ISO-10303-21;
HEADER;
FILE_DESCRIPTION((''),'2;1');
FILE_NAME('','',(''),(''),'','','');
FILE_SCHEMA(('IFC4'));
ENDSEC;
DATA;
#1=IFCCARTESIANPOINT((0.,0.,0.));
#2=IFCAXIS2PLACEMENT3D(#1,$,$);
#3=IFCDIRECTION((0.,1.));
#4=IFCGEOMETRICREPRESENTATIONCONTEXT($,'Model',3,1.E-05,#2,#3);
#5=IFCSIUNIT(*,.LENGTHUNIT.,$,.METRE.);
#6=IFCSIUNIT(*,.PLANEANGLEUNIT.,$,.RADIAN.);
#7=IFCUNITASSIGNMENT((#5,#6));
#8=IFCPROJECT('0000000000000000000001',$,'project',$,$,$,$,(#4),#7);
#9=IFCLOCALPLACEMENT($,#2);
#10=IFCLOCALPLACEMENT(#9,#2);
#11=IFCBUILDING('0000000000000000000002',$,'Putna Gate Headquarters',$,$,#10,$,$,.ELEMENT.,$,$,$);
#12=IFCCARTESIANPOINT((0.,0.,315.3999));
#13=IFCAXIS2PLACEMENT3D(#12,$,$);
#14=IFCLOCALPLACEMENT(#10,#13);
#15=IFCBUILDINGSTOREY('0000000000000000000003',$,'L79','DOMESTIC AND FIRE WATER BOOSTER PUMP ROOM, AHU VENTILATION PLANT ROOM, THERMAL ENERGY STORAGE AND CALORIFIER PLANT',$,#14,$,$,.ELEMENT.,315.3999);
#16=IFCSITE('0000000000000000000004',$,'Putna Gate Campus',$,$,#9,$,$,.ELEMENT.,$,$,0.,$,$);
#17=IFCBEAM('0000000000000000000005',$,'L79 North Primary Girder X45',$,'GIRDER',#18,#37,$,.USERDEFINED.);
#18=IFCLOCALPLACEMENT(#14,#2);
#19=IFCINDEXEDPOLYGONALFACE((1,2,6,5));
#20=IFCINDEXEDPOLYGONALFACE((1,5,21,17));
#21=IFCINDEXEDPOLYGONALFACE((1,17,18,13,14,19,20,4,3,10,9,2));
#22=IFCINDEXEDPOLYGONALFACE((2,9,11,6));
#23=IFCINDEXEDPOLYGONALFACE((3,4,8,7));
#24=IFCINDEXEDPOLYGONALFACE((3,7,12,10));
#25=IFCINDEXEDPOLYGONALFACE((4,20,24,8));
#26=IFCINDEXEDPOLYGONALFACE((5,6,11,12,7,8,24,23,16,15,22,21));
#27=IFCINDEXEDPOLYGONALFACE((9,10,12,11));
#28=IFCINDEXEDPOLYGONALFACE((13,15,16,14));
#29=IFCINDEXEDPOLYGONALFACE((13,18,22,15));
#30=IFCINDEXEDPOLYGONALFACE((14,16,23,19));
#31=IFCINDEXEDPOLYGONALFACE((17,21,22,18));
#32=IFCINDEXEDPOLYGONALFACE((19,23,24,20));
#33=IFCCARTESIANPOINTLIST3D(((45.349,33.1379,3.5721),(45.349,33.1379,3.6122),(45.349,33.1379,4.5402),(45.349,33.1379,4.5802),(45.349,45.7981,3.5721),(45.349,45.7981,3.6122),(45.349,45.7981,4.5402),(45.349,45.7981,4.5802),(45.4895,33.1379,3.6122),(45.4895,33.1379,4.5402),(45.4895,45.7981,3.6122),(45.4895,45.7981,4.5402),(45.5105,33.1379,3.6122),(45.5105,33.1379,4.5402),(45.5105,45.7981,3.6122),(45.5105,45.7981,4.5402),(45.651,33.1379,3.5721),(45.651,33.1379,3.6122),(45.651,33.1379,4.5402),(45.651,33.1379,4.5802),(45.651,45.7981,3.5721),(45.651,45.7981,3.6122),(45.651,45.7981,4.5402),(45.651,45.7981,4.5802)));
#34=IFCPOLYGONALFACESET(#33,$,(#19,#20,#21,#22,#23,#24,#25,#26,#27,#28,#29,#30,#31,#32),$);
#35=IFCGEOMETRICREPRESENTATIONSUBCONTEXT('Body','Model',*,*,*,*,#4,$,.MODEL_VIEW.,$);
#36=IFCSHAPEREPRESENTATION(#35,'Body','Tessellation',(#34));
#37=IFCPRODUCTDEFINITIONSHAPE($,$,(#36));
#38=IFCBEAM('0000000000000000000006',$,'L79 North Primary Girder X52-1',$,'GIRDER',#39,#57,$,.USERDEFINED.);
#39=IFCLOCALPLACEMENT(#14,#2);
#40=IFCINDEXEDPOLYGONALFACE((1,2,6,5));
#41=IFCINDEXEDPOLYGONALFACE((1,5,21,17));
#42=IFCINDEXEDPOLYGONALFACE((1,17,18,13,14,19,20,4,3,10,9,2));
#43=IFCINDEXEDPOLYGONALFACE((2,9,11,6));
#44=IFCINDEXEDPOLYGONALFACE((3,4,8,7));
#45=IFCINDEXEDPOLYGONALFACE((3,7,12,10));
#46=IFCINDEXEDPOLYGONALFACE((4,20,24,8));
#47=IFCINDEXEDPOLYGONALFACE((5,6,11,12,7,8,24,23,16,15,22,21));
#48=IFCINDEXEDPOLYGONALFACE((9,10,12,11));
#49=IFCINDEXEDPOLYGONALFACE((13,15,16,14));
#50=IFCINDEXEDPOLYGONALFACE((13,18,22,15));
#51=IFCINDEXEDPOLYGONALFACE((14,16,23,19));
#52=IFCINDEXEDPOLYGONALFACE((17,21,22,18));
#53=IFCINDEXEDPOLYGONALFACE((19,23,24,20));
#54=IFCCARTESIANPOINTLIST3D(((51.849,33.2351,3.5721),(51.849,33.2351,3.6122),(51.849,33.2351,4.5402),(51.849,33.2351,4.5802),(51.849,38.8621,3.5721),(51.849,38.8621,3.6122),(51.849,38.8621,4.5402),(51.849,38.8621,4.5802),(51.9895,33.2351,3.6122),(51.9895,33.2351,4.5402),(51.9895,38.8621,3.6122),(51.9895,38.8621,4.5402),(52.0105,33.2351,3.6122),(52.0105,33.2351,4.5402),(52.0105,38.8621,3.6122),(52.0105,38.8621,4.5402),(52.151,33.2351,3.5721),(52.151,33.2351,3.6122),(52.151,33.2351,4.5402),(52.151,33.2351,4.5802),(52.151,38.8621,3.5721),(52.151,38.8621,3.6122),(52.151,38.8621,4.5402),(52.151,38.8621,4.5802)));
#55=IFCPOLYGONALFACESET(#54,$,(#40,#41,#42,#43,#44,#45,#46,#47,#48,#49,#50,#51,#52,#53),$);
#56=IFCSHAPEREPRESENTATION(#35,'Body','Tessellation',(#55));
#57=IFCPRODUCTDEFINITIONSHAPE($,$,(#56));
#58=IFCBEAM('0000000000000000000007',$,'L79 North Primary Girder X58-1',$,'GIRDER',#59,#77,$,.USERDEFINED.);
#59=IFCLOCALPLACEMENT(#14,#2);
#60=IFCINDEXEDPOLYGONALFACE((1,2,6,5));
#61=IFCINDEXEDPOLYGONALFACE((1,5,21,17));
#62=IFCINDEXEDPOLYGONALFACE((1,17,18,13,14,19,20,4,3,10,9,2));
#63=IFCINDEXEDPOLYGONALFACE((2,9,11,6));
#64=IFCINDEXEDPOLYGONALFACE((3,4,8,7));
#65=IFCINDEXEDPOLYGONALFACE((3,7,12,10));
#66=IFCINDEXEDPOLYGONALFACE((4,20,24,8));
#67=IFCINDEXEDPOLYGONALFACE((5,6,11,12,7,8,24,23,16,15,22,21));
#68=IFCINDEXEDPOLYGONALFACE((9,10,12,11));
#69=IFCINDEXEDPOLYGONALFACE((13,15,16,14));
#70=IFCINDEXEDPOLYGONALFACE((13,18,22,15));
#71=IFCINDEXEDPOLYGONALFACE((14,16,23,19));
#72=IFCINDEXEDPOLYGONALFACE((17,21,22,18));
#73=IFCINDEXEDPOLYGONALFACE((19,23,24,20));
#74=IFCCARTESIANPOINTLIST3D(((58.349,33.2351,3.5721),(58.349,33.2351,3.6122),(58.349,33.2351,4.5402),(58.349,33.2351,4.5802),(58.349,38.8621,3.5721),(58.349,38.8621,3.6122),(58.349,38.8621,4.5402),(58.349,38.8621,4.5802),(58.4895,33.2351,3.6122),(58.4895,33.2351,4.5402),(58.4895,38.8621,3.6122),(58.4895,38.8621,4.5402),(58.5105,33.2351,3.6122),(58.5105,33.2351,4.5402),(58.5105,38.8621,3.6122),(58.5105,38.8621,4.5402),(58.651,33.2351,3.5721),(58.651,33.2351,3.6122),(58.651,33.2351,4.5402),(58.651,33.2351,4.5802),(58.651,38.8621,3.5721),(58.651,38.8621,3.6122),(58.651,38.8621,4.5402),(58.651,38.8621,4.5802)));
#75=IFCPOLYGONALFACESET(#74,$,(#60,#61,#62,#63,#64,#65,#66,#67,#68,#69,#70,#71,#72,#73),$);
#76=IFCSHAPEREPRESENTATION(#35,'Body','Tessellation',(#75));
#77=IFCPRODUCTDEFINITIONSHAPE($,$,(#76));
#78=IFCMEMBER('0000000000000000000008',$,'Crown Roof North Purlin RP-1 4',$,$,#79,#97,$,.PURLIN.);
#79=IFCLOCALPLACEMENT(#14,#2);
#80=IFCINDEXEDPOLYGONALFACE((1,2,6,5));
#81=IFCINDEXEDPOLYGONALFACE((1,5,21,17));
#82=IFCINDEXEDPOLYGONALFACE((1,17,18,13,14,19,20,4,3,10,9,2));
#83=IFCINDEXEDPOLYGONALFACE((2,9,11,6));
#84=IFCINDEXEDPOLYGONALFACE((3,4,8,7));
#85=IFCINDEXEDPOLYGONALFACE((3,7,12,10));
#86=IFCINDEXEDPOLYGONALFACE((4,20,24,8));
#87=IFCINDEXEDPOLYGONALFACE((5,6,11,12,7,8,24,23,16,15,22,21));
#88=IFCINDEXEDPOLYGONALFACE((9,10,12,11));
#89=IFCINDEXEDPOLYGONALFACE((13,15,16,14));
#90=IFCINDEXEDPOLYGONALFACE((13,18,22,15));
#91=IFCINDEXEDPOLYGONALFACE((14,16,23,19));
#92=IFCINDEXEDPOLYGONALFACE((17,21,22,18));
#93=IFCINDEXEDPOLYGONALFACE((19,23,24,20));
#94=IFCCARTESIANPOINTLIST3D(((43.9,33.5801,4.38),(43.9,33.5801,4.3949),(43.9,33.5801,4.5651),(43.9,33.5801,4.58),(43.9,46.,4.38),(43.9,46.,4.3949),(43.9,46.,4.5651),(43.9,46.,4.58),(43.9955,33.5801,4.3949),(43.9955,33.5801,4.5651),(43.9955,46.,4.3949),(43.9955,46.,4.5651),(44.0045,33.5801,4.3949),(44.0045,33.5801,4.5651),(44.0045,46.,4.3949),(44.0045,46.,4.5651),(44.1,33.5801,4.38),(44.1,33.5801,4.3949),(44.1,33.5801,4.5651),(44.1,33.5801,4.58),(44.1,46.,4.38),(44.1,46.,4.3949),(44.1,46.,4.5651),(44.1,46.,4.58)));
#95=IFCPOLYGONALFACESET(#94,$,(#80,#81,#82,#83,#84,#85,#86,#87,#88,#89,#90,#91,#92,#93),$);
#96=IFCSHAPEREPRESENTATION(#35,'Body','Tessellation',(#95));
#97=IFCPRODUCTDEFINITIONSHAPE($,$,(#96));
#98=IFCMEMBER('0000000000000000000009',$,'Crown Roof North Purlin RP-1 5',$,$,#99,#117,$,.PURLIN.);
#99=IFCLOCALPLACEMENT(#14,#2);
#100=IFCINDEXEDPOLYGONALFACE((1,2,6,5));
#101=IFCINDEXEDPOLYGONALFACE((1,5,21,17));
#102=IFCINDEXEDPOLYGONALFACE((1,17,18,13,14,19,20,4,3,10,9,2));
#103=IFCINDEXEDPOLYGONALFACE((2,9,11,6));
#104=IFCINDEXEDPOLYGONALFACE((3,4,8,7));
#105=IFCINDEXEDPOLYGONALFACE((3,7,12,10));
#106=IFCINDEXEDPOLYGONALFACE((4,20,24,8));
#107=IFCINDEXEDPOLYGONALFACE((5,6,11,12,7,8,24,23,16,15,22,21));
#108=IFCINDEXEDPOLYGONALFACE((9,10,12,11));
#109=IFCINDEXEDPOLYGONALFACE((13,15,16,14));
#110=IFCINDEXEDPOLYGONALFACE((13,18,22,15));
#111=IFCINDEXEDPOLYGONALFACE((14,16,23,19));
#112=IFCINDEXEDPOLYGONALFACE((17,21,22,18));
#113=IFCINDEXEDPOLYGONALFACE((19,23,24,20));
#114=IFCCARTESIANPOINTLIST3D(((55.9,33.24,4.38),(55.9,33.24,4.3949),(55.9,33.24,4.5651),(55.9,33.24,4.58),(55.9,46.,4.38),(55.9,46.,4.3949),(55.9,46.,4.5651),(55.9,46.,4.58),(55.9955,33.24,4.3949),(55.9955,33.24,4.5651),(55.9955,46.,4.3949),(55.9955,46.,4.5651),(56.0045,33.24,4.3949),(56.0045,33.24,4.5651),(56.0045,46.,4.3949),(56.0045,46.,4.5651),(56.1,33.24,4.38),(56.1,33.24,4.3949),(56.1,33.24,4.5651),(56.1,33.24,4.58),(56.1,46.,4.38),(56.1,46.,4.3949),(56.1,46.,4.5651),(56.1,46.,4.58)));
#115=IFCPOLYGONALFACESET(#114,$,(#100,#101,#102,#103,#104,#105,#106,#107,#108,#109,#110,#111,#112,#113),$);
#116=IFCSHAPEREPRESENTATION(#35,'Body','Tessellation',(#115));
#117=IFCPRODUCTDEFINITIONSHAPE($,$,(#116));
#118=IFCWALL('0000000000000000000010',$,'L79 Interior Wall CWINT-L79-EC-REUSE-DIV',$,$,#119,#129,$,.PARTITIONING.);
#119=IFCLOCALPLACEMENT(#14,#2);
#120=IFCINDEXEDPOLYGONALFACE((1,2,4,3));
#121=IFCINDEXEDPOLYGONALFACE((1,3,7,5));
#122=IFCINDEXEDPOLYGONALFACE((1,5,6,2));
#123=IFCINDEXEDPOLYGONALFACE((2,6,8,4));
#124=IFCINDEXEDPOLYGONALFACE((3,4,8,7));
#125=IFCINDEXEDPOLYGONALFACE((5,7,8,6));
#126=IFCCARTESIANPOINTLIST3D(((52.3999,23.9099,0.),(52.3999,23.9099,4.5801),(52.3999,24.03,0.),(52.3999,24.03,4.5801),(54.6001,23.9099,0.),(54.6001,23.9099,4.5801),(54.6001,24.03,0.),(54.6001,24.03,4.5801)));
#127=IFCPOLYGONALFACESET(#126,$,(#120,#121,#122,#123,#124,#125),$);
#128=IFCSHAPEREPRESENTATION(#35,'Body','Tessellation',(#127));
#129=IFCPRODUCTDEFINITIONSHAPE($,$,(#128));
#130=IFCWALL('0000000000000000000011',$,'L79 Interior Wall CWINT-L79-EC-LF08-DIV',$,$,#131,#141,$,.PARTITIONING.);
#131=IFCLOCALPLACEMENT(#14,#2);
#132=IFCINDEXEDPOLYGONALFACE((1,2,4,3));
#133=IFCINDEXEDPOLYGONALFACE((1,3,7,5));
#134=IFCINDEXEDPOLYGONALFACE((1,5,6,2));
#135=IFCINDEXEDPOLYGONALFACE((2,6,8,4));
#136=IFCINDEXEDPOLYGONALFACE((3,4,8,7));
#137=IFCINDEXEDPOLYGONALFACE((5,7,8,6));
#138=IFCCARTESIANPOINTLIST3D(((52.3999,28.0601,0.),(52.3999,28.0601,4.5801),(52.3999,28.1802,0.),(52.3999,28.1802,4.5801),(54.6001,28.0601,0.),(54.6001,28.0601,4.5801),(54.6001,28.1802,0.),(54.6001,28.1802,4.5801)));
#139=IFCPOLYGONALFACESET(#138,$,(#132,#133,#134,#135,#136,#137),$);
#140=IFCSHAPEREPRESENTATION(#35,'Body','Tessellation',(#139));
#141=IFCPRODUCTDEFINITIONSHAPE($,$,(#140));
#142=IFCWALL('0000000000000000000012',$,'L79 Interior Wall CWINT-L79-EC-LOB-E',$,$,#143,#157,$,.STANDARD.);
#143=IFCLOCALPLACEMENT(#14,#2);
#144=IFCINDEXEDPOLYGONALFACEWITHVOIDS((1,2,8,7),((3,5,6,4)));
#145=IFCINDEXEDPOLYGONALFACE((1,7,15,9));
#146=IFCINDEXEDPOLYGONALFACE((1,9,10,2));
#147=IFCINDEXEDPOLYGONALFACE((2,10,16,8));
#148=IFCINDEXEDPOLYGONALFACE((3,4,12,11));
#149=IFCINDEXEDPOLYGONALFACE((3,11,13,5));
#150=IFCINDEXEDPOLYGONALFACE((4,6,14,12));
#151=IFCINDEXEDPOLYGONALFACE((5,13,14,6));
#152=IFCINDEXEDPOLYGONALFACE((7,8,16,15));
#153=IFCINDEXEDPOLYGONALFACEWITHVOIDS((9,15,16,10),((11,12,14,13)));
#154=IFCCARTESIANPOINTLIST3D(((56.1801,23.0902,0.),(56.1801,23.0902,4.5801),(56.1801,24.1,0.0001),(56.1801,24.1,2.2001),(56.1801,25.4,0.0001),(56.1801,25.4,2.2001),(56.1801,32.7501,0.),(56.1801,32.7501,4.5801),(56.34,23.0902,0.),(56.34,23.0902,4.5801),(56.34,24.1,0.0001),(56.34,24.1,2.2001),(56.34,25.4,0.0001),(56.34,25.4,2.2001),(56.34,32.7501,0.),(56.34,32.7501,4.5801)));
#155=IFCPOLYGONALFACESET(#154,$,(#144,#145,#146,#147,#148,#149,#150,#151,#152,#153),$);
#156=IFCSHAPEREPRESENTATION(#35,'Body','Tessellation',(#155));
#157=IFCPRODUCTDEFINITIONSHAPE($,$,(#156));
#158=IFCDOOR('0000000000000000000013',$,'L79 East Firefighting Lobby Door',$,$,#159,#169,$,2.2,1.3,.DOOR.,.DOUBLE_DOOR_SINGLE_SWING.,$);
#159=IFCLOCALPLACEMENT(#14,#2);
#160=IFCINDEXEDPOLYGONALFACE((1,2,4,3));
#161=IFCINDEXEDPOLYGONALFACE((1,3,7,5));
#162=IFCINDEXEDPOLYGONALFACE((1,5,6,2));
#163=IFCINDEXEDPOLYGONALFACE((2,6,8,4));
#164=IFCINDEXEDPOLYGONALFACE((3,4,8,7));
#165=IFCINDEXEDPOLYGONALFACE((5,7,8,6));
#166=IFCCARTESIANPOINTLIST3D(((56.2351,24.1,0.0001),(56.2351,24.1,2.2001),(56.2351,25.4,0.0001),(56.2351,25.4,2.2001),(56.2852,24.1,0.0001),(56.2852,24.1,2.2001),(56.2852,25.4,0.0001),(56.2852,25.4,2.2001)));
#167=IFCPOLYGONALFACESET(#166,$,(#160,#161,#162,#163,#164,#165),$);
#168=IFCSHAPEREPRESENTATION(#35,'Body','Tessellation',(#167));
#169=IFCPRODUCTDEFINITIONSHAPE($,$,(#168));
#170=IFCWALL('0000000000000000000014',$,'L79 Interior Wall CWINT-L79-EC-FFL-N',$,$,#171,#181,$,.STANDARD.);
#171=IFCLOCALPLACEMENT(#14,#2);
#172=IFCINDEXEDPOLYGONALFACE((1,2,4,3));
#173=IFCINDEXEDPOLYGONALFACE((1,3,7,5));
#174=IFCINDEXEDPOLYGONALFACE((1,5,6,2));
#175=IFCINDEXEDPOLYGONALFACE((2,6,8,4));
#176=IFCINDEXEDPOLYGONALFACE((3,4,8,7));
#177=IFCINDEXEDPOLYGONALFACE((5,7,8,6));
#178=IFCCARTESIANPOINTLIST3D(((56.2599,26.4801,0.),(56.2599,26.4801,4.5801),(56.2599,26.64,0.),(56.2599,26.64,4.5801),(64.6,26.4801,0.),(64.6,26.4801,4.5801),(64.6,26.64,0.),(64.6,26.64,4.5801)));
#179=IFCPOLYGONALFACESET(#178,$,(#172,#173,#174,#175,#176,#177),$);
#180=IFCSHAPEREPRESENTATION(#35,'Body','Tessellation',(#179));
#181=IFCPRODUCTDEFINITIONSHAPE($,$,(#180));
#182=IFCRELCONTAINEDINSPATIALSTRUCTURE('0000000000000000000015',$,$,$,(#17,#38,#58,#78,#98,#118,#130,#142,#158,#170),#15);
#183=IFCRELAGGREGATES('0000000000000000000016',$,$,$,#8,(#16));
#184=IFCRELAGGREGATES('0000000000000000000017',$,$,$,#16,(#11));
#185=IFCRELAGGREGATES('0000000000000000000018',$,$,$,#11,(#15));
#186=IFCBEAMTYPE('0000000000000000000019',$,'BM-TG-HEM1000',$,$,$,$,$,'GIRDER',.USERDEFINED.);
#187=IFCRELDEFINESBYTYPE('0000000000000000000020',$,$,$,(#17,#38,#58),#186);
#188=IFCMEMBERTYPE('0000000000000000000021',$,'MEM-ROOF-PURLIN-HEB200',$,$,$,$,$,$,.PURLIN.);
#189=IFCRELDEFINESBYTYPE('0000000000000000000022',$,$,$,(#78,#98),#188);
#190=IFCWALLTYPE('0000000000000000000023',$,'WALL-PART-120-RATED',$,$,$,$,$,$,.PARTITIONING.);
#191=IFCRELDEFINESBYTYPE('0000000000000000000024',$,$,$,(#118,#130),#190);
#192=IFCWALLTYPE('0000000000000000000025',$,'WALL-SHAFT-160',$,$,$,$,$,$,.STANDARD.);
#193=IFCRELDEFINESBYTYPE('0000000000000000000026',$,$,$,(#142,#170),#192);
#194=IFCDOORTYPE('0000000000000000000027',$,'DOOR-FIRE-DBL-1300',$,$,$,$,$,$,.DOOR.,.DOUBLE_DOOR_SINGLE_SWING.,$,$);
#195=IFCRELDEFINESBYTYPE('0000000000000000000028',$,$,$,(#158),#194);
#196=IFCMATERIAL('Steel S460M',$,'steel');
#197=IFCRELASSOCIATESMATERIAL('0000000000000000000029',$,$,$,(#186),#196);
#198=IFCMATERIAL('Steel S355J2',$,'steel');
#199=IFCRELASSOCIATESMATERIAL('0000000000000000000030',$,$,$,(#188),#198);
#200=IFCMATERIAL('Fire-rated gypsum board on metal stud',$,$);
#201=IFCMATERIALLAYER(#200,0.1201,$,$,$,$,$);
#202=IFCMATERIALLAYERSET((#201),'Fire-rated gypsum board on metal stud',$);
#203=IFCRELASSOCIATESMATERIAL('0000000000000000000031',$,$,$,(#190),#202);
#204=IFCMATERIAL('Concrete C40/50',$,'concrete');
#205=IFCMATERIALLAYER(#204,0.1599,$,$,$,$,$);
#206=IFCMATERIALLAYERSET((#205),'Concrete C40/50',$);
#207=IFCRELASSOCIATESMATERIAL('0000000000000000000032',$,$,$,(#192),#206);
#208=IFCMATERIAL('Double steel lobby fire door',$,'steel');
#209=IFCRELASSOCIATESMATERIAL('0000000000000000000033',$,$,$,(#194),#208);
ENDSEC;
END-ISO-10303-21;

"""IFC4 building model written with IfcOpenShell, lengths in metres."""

from ifc_helpers import new_model, si_unit, direction, frame, frame_2d, origin, origin_2d, place, context, subcontext, project, spatial, rectangle, i_section, extrude, material, layer, layer_set, material_profile, profile_set, type_object, element, fill, save


model = new_model("IFC4")

# Units and contexts
model_context = context("Model", 3, precision=1e-05, world=origin(), true_north=direction((0.0, 1.0)))
body_context = subcontext(model_context, "Body", "Model", "MODEL_VIEW")
ifc_project = project(units=[si_unit("LENGTHUNIT", "METRE"), si_unit("PLANEANGLEUNIT", "RADIAN")], contexts=[model_context])

# Site, building, storey
site_placement = place(None, origin())
site = spatial("IfcSite", under=ifc_project, at=site_placement, Name="Putna Gate Campus", CompositionType="ELEMENT", RefElevation=0.0)
building_placement = place(site_placement, origin())
building = spatial("IfcBuilding", under=site, at=building_placement, Name="Putna Gate Headquarters", CompositionType="ELEMENT")
storey_placement = place(building_placement, frame((0.0, 0.0, 315.3999)))
storey = spatial("IfcBuildingStorey", under=building, at=storey_placement, Name="L79", Description="DOMESTIC AND FIRE WATER BOOSTER PUMP ROOM, AHU VENTILATION PLANT ROOM, THERMAL ENERGY STORAGE AND CALORIFIER PLANT", CompositionType="ELEMENT", Elevation=315.3999)

# Shared definitions
ifc_material_1 = material(Name="Steel S460M", Category="steel")

# Beams
ifc_material_2 = material(Name="Steel S355J2", Category="steel")
ifc_material_profile_1 = material_profile(ifc_material_1, i_section(OverallWidth=0.302, OverallDepth=1.0081, WebThickness=0.021, FlangeThickness=0.04, at=origin_2d()), Name="Steel S460M")
ifc_profile_set_1 = profile_set([ifc_material_profile_1], Name="Steel S460M")
beam_type_1 = type_object("IfcBeamType", Name="BM-TG-HEM1000", ElementType="GIRDER", PredefinedType="USERDEFINED", material=ifc_profile_set_1)
beam_1_placement = place(storey_placement, frame((45.5, 33.1379, 4.0762), z_axis=(0.0, 1.0, 0.0), x_axis=(-1.0, 0.0, 0.0)))
element("IfcBeam", 1, at=beam_1_placement, inside=storey, type_object=beam_type_1, Name="L79 North Primary Girder X45", ObjectType="GIRDER", PredefinedType="USERDEFINED", context=body_context, shape_type="SweptSolid", body=[
    extrude(i_section(OverallWidth=0.302, OverallDepth=1.0081, WebThickness=0.021, FlangeThickness=0.04, at=origin_2d()), origin(), (0.0, 0.0, 1.0), 12.6602),
])
for number, where, z_axis, x_axis, name in (
    (2, (52.0, 33.2351, 4.0762), (0.0, 1.0, 0.0), (-1.0, 0.0, 0.0), "L79 North Primary Girder X52-1"),
    (3, (58.5, 33.2351, 4.0762), (0.0, 1.0, 0.0), (-1.0, 0.0, 0.0), "L79 North Primary Girder X58-1"),
):
    element("IfcBeam", number, at=place(storey_placement, frame(where, z_axis=z_axis, x_axis=x_axis)), inside=storey, type_object=beam_type_1, Name=name, ObjectType="GIRDER", PredefinedType="USERDEFINED", context=body_context, shape_type="SweptSolid", body=[
        extrude(i_section(OverallWidth=0.302, OverallDepth=1.0081, WebThickness=0.021, FlangeThickness=0.04, at=origin_2d()), origin(), (0.0, 0.0, 1.0), 5.627),
    ])

# Members
ifc_material_profile_2 = material_profile(ifc_material_2, i_section(OverallWidth=0.2, OverallDepth=0.2, WebThickness=0.009, FlangeThickness=0.0149, at=origin_2d()), Name="Steel S355J2")
ifc_profile_set_2 = profile_set([ifc_material_profile_2], Name="Steel S355J2")
member_type = type_object("IfcMemberType", Name="MEM-ROOF-PURLIN-HEB200", PredefinedType="PURLIN", material=ifc_profile_set_2)
member_1_placement = place(storey_placement, frame((44.0, 33.5801, 4.48), z_axis=(0.0, 1.0, 0.0), x_axis=(-1.0, 0.0, 0.0)))
element("IfcMember", 4, at=member_1_placement, inside=storey, type_object=member_type, Name="Crown Roof North Purlin RP-1 4", PredefinedType="PURLIN", context=body_context, shape_type="SweptSolid", body=[
    extrude(i_section(OverallWidth=0.2, OverallDepth=0.2, WebThickness=0.009, FlangeThickness=0.0149, at=origin_2d()), origin(), (0.0, 0.0, 1.0), 12.4199),
])
member_2_placement = place(storey_placement, frame((56.0, 33.24, 4.48), z_axis=(0.0, 1.0, 0.0), x_axis=(-1.0, 0.0, 0.0)))
element("IfcMember", 5, at=member_2_placement, inside=storey, type_object=member_type, Name="Crown Roof North Purlin RP-1 5", PredefinedType="PURLIN", context=body_context, shape_type="SweptSolid", body=[
    extrude(i_section(OverallWidth=0.2, OverallDepth=0.2, WebThickness=0.009, FlangeThickness=0.0149, at=origin_2d()), origin(), (0.0, 0.0, 1.0), 12.76),
])

# Walls
ifc_material_3 = material(Name="Fire-rated gypsum board on metal stud")
ifc_layer_1 = layer(ifc_material_3, 0.1201)
ifc_layer_set_1 = layer_set([ifc_layer_1], Name="Fire-rated gypsum board on metal stud")
wall_type_1 = type_object("IfcWallType", Name="WALL-PART-120-RATED", PredefinedType="PARTITIONING", material=ifc_layer_set_1)
for number, where, z_axis, x_axis, name in (
    (6, (52.3999, 23.97, 0.0), (0.0, 0.0, 1.0), (1.0, 0.0, 0.0), "L79 Interior Wall CWINT-L79-EC-REUSE-DIV"),
    (7, (52.3999, 28.1201, 0.0), (0.0, 0.0, 1.0), (1.0, 0.0, 0.0), "L79 Interior Wall CWINT-L79-EC-LF08-DIV"),
):
    element("IfcWall", number, at=place(storey_placement, frame(where, z_axis=z_axis, x_axis=x_axis)), inside=storey, type_object=wall_type_1, Name=name, PredefinedType="PARTITIONING", context=body_context, shape_type="SweptSolid", body=[
        extrude(rectangle(XDim=2.2002, YDim=0.1201, at=frame_2d((1.1001, 0.0))), origin(), (0.0, 0.0, 1.0), 4.5801),
    ])

# Wall, opening, door
ifc_material_4 = material(Name="Concrete C40/50", Category="concrete")
ifc_layer_2 = layer(ifc_material_4, 0.1599)
ifc_layer_set_2 = layer_set([ifc_layer_2], Name="Concrete C40/50")
wall_type_2 = type_object("IfcWallType", Name="WALL-SHAFT-160", PredefinedType="STANDARD", material=ifc_layer_set_2)
wall_1_placement = place(storey_placement, frame((56.26, 23.0901, 0.0), z_axis=(0.0, 0.0, 1.0), x_axis=(0.0, 1.0, 0.0)))
wall_1 = element("IfcWall", 8, at=wall_1_placement, inside=storey, type_object=wall_type_2, Name="L79 Interior Wall CWINT-L79-EC-LOB-E", PredefinedType="STANDARD", context=body_context, shape_type="SweptSolid", body=[
    extrude(rectangle(XDim=9.6599, YDim=0.1599, at=frame_2d((4.8301, 0.0))), origin(), (0.0, 0.0, 1.0), 4.5801),
])
opening_1_placement = place(wall_1_placement, frame((1.01, 0.0, 0.0)))
opening_1 = element("IfcOpeningElement", 9, at=opening_1_placement, cuts=wall_1, PredefinedType="OPENING", context=body_context, shape_type="SweptSolid", body=[
    extrude(rectangle(XDim=1.3, YDim=2.2, at=frame_2d((0.6499, 1.1001))), frame((0.0, 0.0898, 0.0), z_axis=(0.0, -1.0, 0.0), x_axis=(1.0, 0.0, 0.0)), (0.0, 0.0, 1.0), 0.1799),
])
ifc_material_5 = material(Name="Double steel lobby fire door", Category="steel")
door_type_1 = type_object("IfcDoorType", Name="DOOR-FIRE-DBL-1300", OperationType="DOUBLE_DOOR_SINGLE_SWING", PredefinedType="DOOR", material=ifc_material_5)
door_1_placement = place(opening_1_placement, origin())
door_1 = element("IfcDoor", 10, at=door_1_placement, inside=storey, type_object=door_type_1, Name="L79 East Firefighting Lobby Door", OperationType="DOUBLE_DOOR_SINGLE_SWING", OverallHeight=2.2, OverallWidth=1.3, PredefinedType="DOOR", context=body_context, shape_type="SweptSolid", body=[
    extrude(rectangle(XDim=1.3, YDim=2.2, at=frame_2d((0.6499, 1.1001))), frame((0.0, 0.0249, 0.0), z_axis=(0.0, -1.0, 0.0), x_axis=(1.0, 0.0, 0.0)), (0.0, 0.0, 1.0), 0.05),
])
fill(opening_1, door_1)

# Wall
wall_2_placement = place(storey_placement, frame((56.26, 26.5601, 0.0), z_axis=(0.0, 0.0, 1.0), x_axis=(1.0, 0.0, 0.0)))
element("IfcWall", 11, at=wall_2_placement, inside=storey, type_object=wall_type_2, Name="L79 Interior Wall CWINT-L79-EC-FFL-N", PredefinedType="STANDARD", context=body_context, shape_type="SweptSolid", body=[
    extrude(rectangle(XDim=8.3401, YDim=0.1599, at=frame_2d((4.1699, 0.0))), origin(), (0.0, 0.0, 1.0), 4.5801),
])

save(model, "model.ifc")
